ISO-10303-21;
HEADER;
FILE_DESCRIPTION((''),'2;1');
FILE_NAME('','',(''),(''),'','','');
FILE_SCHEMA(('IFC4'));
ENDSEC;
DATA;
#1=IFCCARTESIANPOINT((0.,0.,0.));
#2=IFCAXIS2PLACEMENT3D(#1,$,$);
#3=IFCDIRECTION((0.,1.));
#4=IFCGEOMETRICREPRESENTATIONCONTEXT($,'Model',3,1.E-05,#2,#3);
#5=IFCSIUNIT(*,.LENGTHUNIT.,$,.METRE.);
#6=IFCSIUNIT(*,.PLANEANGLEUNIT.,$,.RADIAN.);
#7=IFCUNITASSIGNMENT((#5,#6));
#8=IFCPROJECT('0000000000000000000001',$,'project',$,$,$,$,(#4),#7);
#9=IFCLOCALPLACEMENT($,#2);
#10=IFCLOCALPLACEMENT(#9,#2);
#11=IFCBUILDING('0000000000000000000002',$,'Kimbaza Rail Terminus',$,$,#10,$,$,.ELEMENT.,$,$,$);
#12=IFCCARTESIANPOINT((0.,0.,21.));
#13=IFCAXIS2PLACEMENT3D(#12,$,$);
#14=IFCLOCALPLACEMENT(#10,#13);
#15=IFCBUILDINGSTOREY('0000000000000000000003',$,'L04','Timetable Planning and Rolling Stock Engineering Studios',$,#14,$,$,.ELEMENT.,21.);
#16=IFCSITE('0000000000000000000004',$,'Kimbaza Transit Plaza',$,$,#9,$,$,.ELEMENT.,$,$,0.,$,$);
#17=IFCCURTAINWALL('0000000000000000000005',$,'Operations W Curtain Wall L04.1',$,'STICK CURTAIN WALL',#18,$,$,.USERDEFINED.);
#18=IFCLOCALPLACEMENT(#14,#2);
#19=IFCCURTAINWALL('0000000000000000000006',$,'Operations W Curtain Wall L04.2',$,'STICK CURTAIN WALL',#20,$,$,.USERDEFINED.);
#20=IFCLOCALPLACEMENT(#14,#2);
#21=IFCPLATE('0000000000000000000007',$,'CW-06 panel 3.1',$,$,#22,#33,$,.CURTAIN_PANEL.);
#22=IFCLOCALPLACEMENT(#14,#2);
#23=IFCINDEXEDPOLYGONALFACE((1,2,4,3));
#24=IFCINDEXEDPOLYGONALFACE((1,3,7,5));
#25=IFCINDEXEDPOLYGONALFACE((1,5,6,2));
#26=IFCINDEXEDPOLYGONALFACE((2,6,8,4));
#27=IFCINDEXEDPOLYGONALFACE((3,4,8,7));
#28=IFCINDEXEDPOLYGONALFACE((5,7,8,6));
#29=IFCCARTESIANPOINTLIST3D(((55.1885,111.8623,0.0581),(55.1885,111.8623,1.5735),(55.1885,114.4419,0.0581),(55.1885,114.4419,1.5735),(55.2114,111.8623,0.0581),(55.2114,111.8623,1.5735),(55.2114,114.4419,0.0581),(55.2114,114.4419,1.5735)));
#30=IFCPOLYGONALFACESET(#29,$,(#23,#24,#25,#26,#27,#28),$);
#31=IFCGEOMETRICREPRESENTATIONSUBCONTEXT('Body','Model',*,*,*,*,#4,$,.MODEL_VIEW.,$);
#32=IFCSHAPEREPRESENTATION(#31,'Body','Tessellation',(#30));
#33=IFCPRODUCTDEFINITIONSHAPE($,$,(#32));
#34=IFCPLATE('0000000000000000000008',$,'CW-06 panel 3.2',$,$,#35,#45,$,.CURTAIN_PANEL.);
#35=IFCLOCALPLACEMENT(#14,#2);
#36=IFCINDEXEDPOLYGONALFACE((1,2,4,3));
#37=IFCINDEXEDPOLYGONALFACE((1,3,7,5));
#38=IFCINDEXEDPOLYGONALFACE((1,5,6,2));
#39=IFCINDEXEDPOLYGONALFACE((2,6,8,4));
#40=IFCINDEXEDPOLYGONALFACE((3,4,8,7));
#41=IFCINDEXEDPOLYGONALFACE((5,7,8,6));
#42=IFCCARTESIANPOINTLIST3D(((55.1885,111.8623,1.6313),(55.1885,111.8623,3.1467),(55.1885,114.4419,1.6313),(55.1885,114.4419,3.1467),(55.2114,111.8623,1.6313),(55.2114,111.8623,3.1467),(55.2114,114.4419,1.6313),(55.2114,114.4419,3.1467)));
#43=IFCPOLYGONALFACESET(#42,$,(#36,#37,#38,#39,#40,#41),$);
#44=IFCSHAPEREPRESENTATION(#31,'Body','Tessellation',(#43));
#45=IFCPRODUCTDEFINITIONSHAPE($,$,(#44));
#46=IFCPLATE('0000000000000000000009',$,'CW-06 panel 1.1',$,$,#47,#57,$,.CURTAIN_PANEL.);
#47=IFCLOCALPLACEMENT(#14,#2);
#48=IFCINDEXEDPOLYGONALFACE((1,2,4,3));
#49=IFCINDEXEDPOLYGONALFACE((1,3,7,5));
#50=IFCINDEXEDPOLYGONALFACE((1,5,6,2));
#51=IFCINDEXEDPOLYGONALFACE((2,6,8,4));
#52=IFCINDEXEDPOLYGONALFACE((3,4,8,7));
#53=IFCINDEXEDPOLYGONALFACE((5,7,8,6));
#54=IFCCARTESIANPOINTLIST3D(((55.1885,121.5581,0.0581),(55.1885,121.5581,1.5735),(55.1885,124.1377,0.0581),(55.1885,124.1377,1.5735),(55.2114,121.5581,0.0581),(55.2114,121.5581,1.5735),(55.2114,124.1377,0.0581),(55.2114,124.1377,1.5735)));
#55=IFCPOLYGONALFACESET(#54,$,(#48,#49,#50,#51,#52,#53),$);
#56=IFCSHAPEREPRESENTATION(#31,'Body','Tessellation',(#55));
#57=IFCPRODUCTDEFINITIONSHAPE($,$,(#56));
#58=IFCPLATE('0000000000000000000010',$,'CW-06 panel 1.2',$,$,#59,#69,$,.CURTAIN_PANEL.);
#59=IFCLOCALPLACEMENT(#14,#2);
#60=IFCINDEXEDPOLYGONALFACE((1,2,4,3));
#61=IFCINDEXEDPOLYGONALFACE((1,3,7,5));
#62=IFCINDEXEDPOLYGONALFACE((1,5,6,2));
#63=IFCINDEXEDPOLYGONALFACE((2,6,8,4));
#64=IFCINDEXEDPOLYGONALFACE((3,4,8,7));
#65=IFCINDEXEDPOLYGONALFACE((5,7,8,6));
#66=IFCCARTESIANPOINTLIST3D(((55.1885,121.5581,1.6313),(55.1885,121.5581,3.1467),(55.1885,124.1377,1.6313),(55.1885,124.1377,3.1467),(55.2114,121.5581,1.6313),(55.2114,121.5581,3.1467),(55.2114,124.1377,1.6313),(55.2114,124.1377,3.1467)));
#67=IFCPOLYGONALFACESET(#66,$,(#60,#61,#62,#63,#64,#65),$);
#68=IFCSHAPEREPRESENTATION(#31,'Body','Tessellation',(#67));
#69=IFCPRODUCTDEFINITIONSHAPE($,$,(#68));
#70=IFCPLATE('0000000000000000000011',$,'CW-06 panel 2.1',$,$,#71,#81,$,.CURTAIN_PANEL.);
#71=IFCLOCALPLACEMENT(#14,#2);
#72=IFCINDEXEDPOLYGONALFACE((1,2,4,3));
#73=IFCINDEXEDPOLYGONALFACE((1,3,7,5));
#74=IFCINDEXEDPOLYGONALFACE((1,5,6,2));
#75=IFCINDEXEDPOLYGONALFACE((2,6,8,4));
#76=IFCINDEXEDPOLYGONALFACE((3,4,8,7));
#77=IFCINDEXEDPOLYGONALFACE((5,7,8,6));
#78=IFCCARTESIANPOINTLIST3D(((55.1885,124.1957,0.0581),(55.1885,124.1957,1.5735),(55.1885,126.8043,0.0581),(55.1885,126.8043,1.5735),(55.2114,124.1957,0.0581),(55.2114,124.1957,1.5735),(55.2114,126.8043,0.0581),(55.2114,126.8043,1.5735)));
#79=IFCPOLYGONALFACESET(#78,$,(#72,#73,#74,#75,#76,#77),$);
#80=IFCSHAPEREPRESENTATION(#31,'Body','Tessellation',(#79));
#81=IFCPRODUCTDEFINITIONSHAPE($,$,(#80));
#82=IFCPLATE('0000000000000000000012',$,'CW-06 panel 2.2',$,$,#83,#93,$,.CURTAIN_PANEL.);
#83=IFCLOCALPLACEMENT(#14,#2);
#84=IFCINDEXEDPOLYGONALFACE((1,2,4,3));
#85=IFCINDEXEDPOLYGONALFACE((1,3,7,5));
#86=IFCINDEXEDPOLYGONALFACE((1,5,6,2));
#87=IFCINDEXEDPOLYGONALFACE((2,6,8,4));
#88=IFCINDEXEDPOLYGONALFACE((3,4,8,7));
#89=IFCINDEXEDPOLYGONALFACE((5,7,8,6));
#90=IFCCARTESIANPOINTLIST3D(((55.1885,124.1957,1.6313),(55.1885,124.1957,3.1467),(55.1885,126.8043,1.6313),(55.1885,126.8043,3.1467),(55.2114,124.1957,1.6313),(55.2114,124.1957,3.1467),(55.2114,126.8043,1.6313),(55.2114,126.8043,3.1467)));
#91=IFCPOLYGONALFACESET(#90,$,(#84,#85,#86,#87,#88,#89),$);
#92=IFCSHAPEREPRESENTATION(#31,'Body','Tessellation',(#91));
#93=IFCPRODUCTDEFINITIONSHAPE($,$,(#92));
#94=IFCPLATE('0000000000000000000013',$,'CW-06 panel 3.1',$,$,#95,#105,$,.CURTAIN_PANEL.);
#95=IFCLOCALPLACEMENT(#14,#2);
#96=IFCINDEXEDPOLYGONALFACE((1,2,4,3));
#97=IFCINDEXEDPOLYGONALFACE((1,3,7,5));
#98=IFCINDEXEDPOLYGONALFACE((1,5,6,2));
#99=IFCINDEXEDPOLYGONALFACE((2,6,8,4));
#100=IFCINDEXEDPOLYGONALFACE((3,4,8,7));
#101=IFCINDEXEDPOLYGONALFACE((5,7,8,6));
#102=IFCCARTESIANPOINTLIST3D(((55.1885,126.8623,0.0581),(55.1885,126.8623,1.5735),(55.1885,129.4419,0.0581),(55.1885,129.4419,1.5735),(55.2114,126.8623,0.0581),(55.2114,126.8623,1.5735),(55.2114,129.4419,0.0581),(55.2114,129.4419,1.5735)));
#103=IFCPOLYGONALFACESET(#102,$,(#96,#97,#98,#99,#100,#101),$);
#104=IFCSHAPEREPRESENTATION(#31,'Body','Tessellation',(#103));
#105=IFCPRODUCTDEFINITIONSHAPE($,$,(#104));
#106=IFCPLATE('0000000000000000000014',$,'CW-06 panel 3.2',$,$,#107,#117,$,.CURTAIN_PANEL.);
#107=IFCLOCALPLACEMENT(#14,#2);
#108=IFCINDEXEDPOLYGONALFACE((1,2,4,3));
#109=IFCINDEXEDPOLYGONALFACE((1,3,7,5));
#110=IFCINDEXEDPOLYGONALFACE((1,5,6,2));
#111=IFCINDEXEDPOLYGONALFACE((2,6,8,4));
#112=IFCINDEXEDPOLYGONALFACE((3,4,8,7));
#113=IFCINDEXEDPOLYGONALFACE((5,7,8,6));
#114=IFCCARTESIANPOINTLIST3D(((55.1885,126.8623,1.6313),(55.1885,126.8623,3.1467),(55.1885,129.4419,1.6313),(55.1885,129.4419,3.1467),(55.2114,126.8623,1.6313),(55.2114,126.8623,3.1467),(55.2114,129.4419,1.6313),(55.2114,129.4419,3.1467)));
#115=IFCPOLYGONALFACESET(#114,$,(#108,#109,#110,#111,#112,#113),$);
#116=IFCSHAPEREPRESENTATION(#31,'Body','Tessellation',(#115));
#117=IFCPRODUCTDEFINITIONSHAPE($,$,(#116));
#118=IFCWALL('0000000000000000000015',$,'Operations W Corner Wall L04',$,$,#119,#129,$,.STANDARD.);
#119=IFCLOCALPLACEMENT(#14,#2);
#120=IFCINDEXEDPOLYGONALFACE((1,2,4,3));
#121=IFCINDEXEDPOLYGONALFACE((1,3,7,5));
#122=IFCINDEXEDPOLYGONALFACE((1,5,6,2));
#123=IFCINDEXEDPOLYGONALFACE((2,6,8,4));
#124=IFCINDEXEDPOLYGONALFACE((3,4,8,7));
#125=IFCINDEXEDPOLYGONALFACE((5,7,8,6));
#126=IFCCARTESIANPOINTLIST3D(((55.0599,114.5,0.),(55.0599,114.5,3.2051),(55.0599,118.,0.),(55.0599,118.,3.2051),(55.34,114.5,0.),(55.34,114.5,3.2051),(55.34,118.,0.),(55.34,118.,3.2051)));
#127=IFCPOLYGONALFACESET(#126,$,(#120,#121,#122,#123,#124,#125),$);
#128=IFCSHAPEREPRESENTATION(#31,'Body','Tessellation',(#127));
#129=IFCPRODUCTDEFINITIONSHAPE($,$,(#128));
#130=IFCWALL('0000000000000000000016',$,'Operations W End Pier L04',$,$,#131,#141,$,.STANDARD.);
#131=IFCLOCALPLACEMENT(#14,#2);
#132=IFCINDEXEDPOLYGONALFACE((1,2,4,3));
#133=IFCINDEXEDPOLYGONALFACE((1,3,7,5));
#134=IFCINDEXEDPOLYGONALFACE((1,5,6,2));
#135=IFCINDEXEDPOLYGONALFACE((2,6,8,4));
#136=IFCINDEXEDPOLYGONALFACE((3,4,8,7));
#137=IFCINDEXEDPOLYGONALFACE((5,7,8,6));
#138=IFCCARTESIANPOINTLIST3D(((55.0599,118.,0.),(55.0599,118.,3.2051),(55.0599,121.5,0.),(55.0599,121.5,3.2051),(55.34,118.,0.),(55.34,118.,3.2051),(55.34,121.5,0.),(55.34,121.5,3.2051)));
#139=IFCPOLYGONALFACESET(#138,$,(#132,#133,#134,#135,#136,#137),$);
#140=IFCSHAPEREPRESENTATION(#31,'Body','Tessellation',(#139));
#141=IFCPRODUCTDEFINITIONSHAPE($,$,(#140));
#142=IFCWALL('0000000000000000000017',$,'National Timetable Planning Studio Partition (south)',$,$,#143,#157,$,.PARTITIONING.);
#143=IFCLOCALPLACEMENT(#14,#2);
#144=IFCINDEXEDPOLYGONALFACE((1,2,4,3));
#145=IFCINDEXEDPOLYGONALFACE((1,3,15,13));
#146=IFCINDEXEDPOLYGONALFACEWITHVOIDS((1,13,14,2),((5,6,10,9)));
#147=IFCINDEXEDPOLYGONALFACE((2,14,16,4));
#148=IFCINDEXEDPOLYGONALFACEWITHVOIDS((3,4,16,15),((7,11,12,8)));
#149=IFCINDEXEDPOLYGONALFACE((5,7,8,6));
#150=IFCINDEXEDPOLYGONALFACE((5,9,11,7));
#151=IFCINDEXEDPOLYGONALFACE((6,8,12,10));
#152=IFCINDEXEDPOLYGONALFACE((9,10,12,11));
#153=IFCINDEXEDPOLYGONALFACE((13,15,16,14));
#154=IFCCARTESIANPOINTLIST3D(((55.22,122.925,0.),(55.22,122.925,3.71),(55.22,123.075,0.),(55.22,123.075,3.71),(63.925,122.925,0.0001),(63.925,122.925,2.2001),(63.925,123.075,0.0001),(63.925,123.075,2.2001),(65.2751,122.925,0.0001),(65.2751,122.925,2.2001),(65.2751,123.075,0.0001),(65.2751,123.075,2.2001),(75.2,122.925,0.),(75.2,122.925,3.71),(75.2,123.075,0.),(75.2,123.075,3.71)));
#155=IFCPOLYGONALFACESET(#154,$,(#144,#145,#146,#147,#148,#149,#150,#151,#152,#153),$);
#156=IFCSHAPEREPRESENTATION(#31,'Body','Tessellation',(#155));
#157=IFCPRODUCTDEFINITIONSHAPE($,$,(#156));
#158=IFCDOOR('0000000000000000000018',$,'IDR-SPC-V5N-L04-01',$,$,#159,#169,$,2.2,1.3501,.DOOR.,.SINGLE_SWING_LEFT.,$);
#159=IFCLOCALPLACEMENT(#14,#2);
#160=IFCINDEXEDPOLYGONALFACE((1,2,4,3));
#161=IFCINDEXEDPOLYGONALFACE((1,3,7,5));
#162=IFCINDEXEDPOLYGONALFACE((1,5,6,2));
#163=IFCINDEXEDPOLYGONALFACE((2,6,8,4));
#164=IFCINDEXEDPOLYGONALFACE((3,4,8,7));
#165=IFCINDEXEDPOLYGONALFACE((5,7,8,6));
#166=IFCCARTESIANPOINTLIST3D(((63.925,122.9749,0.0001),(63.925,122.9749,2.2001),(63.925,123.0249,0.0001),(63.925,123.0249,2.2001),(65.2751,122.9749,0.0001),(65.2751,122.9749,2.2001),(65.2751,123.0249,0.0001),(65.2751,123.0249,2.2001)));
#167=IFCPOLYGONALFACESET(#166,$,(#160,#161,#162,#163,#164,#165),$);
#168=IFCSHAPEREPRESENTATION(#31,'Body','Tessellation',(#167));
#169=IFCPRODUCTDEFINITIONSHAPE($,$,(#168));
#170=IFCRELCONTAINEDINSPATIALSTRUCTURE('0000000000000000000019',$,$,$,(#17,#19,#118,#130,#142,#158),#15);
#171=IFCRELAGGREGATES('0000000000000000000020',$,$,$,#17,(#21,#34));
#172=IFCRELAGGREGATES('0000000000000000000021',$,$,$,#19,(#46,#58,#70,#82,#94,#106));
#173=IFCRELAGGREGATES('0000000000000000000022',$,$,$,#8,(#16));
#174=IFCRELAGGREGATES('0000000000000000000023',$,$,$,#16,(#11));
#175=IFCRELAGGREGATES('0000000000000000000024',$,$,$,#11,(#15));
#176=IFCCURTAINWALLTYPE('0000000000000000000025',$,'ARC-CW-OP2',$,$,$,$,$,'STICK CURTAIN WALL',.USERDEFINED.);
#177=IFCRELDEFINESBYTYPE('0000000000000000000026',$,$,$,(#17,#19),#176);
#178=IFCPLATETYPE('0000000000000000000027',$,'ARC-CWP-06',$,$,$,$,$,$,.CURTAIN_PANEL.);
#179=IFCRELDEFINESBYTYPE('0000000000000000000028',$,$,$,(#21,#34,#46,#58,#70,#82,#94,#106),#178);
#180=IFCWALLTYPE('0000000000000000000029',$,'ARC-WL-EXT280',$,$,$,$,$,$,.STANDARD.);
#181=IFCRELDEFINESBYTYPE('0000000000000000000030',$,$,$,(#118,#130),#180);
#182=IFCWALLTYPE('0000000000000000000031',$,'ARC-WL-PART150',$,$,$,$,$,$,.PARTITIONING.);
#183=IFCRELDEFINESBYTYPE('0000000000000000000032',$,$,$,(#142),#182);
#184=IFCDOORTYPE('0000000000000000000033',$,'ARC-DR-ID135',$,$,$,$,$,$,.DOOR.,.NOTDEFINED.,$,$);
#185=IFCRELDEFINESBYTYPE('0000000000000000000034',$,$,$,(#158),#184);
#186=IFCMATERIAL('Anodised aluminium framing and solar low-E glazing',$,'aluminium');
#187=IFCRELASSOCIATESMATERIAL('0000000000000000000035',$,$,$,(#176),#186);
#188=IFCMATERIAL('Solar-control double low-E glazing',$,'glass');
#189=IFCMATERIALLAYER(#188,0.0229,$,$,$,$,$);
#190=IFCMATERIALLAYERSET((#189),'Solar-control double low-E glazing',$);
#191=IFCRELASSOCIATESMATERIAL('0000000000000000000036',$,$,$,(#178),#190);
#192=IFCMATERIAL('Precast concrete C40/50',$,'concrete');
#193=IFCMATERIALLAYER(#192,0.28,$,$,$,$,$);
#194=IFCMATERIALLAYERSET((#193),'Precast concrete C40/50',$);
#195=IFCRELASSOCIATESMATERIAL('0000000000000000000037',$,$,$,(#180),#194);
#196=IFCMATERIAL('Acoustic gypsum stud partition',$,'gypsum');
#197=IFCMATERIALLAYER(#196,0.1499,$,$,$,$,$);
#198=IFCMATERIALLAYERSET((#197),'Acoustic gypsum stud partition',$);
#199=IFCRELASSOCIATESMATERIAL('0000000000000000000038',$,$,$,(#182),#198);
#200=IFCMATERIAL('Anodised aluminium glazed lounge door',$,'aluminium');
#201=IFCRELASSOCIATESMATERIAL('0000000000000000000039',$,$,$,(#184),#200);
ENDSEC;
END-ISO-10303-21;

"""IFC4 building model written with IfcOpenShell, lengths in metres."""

from ifc_helpers import new_model, si_unit, direction, frame, frame_2d, origin, origin_2d, place, context, subcontext, project, spatial, rectangle, extrude, material, layer, layer_set, type_object, element, fill, aggregate, save


model = new_model("IFC4")

# Units and contexts
model_context = context("Model", 3, precision=1e-05, world=origin(), true_north=direction((0.0, 1.0)))
body_context = subcontext(model_context, "Body", "Model", "MODEL_VIEW")
ifc_project = project(units=[si_unit("LENGTHUNIT", "METRE"), si_unit("PLANEANGLEUNIT", "RADIAN")], contexts=[model_context])

# Site, building, storey
site_placement = place(None, origin())
site = spatial("IfcSite", under=ifc_project, at=site_placement, Name="Kimbaza Transit Plaza", CompositionType="ELEMENT", RefElevation=0.0)
building_placement = place(site_placement, origin())
building = spatial("IfcBuilding", under=site, at=building_placement, Name="Kimbaza Rail Terminus", CompositionType="ELEMENT")
storey_placement = place(building_placement, frame((0.0, 0.0, 21.0)))
storey = spatial("IfcBuildingStorey", under=building, at=storey_placement, Name="L04", Description="Timetable Planning and Rolling Stock Engineering Studios", CompositionType="ELEMENT", Elevation=21.0)

# Curtain wall
ifc_material_1 = material(Name="Anodised aluminium framing and solar low-E glazing", Category="aluminium")
curtain_wall_type = type_object("IfcCurtainWallType", Name="ARC-CW-OP2", ElementType="STICK CURTAIN WALL", PredefinedType="USERDEFINED", material=ifc_material_1)
curtain_wall_1_placement = place(storey_placement, origin())
curtain_wall_1 = element("IfcCurtainWall", 1, at=curtain_wall_1_placement, inside=storey, type_object=curtain_wall_type, Name="Operations W Curtain Wall L04.1", ObjectType="STICK CURTAIN WALL", PredefinedType="USERDEFINED")

# Curtain wall
curtain_wall_2_placement = place(storey_placement, origin())
curtain_wall_2 = element("IfcCurtainWall", 2, at=curtain_wall_2_placement, inside=storey, type_object=curtain_wall_type, Name="Operations W Curtain Wall L04.2", ObjectType="STICK CURTAIN WALL", PredefinedType="USERDEFINED")

# Plates
ifc_material_2 = material(Name="Solar-control double low-E glazing", Category="glass")
ifc_layer_1 = layer(ifc_material_2, 0.0229)
ifc_layer_set_1 = layer_set([ifc_layer_1], Name="Solar-control double low-E glazing")
plate_type = type_object("IfcPlateType", Name="ARC-CWP-06", PredefinedType="CURTAIN_PANEL", material=ifc_layer_set_1)
plate_1_placement = place(storey_placement, frame((55.2, 113.1521, 0.0581), z_axis=(0.0, 0.0, 1.0), x_axis=(0.0, 1.0, 0.0)))
plate_1 = element("IfcPlate", 3, at=plate_1_placement, type_object=plate_type, Name="CW-06 panel 3.1", PredefinedType="CURTAIN_PANEL", context=body_context, shape_type="SweptSolid", body=[
    extrude(rectangle(XDim=2.5796, YDim=0.0229, at=origin_2d()), origin(), (0.0, 0.0, 1.0), 1.5154),
])
plate_2_placement = place(storey_placement, frame((55.2, 113.1521, 1.6313), z_axis=(0.0, 0.0, 1.0), x_axis=(0.0, 1.0, 0.0)))
plate_2 = element("IfcPlate", 4, at=plate_2_placement, type_object=plate_type, Name="CW-06 panel 3.2", PredefinedType="CURTAIN_PANEL", context=body_context, shape_type="SweptSolid", body=[
    extrude(rectangle(XDim=2.5796, YDim=0.0229, at=origin_2d()), origin(), (0.0, 0.0, 1.0), 1.5154),
])
aggregate(curtain_wall_1, [plate_1, plate_2])
plate_3_placement = place(storey_placement, frame((55.2, 122.8479, 0.0581), z_axis=(0.0, 0.0, 1.0), x_axis=(0.0, 1.0, 0.0)))
plate_3 = element("IfcPlate", 5, at=plate_3_placement, type_object=plate_type, Name="CW-06 panel 1.1", PredefinedType="CURTAIN_PANEL", context=body_context, shape_type="SweptSolid", body=[
    extrude(rectangle(XDim=2.5796, YDim=0.0229, at=origin_2d()), origin(), (0.0, 0.0, 1.0), 1.5154),
])
plate_4_placement = place(storey_placement, frame((55.2, 122.8479, 1.6313), z_axis=(0.0, 0.0, 1.0), x_axis=(0.0, 1.0, 0.0)))
plate_4 = element("IfcPlate", 6, at=plate_4_placement, type_object=plate_type, Name="CW-06 panel 1.2", PredefinedType="CURTAIN_PANEL", context=body_context, shape_type="SweptSolid", body=[
    extrude(rectangle(XDim=2.5796, YDim=0.0229, at=origin_2d()), origin(), (0.0, 0.0, 1.0), 1.5154),
])
plate_5_placement = place(storey_placement, frame((55.2, 125.5, 0.0581), z_axis=(0.0, 0.0, 1.0), x_axis=(0.0, 1.0, 0.0)))
plate_5 = element("IfcPlate", 7, at=plate_5_placement, type_object=plate_type, Name="CW-06 panel 2.1", PredefinedType="CURTAIN_PANEL", context=body_context, shape_type="SweptSolid", body=[
    extrude(rectangle(XDim=2.6086, YDim=0.0229, at=origin_2d()), origin(), (0.0, 0.0, 1.0), 1.5154),
])
plate_6_placement = place(storey_placement, frame((55.2, 125.5, 1.6313), z_axis=(0.0, 0.0, 1.0), x_axis=(0.0, 1.0, 0.0)))
plate_6 = element("IfcPlate", 8, at=plate_6_placement, type_object=plate_type, Name="CW-06 panel 2.2", PredefinedType="CURTAIN_PANEL", context=body_context, shape_type="SweptSolid", body=[
    extrude(rectangle(XDim=2.6086, YDim=0.0229, at=origin_2d()), origin(), (0.0, 0.0, 1.0), 1.5154),
])
plate_7_placement = place(storey_placement, frame((55.2, 128.1521, 0.0581), z_axis=(0.0, 0.0, 1.0), x_axis=(0.0, 1.0, 0.0)))
plate_7 = element("IfcPlate", 9, at=plate_7_placement, type_object=plate_type, Name="CW-06 panel 3.1", PredefinedType="CURTAIN_PANEL", context=body_context, shape_type="SweptSolid", body=[
    extrude(rectangle(XDim=2.5796, YDim=0.0229, at=origin_2d()), origin(), (0.0, 0.0, 1.0), 1.5154),
])
plate_8_placement = place(storey_placement, frame((55.2, 128.1521, 1.6313), z_axis=(0.0, 0.0, 1.0), x_axis=(0.0, 1.0, 0.0)))
plate_8 = element("IfcPlate", 10, at=plate_8_placement, type_object=plate_type, Name="CW-06 panel 3.2", PredefinedType="CURTAIN_PANEL", context=body_context, shape_type="SweptSolid", body=[
    extrude(rectangle(XDim=2.5796, YDim=0.0229, at=origin_2d()), origin(), (0.0, 0.0, 1.0), 1.5154),
])
aggregate(curtain_wall_2, [plate_3, plate_4, plate_5, plate_6, plate_7, plate_8])

# Walls
ifc_material_3 = material(Name="Precast concrete C40/50", Category="concrete")
ifc_layer_2 = layer(ifc_material_3, 0.28)
ifc_layer_set_2 = layer_set([ifc_layer_2], Name="Precast concrete C40/50")
wall_type_1 = type_object("IfcWallType", Name="ARC-WL-EXT280", PredefinedType="STANDARD", material=ifc_layer_set_2)
for number, where, z_axis, x_axis, name in (
    (11, (55.2, 114.5, 0.0), (0.0, 0.0, 1.0), (0.0, 1.0, 0.0), "Operations W Corner Wall L04"),
    (12, (55.2, 118.0, 0.0), (0.0, 0.0, 1.0), (0.0, 1.0, 0.0), "Operations W End Pier L04"),
):
    element("IfcWall", number, at=place(storey_placement, frame(where, z_axis=z_axis, x_axis=x_axis)), inside=storey, type_object=wall_type_1, Name=name, PredefinedType="STANDARD", context=body_context, shape_type="SweptSolid", body=[
        extrude(rectangle(XDim=3.5, YDim=0.28, at=frame_2d((1.75, 0.0))), origin(), (0.0, 0.0, 1.0), 3.2051),
    ])

# Wall, opening, door
ifc_material_4 = material(Name="Acoustic gypsum stud partition", Category="gypsum")
ifc_layer_3 = layer(ifc_material_4, 0.1499)
ifc_layer_set_3 = layer_set([ifc_layer_3], Name="Acoustic gypsum stud partition")
wall_type_2 = type_object("IfcWallType", Name="ARC-WL-PART150", PredefinedType="PARTITIONING", material=ifc_layer_set_3)
wall_1_placement = place(storey_placement, frame((55.22, 123.0, 0.0), z_axis=(0.0, 0.0, 1.0), x_axis=(1.0, 0.0, 0.0)))
wall_1 = element("IfcWall", 13, at=wall_1_placement, inside=storey, type_object=wall_type_2, Name="National Timetable Planning Studio Partition (south)", PredefinedType="PARTITIONING", context=body_context, shape_type="SweptSolid", body=[
    extrude(rectangle(XDim=19.98, YDim=0.1499, at=frame_2d((9.99, 0.0))), origin(), (0.0, 0.0, 1.0), 3.71),
])
opening_1_placement = place(wall_1_placement, frame((8.7051, 0.0, 0.0)))
opening_1 = element("IfcOpeningElement", 14, at=opening_1_placement, cuts=wall_1, PredefinedType="OPENING", context=body_context, shape_type="SweptSolid", body=[
    extrude(rectangle(XDim=1.3501, YDim=2.2, at=frame_2d((0.675, 1.1001))), frame((0.0, 0.085, 0.0), z_axis=(0.0, -1.0, 0.0), x_axis=(1.0, 0.0, 0.0)), (0.0, 0.0, 1.0), 0.1699),
])
ifc_material_5 = material(Name="Anodised aluminium glazed lounge door", Category="aluminium")
door_type_1 = type_object("IfcDoorType", Name="ARC-DR-ID135", OperationType="NOTDEFINED", PredefinedType="DOOR", material=ifc_material_5)
door_1_placement = place(opening_1_placement, origin())
door_1 = element("IfcDoor", 15, at=door_1_placement, inside=storey, type_object=door_type_1, Name="IDR-SPC-V5N-L04-01", OperationType="SINGLE_SWING_LEFT", OverallHeight=2.2, OverallWidth=1.3501, PredefinedType="DOOR", context=body_context, shape_type="SweptSolid", body=[
    extrude(rectangle(XDim=1.3501, YDim=2.2, at=frame_2d((0.675, 1.1001))), frame((0.0, 0.0249, 0.0), z_axis=(0.0, -1.0, 0.0), x_axis=(1.0, 0.0, 0.0)), (0.0, 0.0, 1.0), 0.05),
])
fill(opening_1, door_1)

save(model, "model.ifc")
